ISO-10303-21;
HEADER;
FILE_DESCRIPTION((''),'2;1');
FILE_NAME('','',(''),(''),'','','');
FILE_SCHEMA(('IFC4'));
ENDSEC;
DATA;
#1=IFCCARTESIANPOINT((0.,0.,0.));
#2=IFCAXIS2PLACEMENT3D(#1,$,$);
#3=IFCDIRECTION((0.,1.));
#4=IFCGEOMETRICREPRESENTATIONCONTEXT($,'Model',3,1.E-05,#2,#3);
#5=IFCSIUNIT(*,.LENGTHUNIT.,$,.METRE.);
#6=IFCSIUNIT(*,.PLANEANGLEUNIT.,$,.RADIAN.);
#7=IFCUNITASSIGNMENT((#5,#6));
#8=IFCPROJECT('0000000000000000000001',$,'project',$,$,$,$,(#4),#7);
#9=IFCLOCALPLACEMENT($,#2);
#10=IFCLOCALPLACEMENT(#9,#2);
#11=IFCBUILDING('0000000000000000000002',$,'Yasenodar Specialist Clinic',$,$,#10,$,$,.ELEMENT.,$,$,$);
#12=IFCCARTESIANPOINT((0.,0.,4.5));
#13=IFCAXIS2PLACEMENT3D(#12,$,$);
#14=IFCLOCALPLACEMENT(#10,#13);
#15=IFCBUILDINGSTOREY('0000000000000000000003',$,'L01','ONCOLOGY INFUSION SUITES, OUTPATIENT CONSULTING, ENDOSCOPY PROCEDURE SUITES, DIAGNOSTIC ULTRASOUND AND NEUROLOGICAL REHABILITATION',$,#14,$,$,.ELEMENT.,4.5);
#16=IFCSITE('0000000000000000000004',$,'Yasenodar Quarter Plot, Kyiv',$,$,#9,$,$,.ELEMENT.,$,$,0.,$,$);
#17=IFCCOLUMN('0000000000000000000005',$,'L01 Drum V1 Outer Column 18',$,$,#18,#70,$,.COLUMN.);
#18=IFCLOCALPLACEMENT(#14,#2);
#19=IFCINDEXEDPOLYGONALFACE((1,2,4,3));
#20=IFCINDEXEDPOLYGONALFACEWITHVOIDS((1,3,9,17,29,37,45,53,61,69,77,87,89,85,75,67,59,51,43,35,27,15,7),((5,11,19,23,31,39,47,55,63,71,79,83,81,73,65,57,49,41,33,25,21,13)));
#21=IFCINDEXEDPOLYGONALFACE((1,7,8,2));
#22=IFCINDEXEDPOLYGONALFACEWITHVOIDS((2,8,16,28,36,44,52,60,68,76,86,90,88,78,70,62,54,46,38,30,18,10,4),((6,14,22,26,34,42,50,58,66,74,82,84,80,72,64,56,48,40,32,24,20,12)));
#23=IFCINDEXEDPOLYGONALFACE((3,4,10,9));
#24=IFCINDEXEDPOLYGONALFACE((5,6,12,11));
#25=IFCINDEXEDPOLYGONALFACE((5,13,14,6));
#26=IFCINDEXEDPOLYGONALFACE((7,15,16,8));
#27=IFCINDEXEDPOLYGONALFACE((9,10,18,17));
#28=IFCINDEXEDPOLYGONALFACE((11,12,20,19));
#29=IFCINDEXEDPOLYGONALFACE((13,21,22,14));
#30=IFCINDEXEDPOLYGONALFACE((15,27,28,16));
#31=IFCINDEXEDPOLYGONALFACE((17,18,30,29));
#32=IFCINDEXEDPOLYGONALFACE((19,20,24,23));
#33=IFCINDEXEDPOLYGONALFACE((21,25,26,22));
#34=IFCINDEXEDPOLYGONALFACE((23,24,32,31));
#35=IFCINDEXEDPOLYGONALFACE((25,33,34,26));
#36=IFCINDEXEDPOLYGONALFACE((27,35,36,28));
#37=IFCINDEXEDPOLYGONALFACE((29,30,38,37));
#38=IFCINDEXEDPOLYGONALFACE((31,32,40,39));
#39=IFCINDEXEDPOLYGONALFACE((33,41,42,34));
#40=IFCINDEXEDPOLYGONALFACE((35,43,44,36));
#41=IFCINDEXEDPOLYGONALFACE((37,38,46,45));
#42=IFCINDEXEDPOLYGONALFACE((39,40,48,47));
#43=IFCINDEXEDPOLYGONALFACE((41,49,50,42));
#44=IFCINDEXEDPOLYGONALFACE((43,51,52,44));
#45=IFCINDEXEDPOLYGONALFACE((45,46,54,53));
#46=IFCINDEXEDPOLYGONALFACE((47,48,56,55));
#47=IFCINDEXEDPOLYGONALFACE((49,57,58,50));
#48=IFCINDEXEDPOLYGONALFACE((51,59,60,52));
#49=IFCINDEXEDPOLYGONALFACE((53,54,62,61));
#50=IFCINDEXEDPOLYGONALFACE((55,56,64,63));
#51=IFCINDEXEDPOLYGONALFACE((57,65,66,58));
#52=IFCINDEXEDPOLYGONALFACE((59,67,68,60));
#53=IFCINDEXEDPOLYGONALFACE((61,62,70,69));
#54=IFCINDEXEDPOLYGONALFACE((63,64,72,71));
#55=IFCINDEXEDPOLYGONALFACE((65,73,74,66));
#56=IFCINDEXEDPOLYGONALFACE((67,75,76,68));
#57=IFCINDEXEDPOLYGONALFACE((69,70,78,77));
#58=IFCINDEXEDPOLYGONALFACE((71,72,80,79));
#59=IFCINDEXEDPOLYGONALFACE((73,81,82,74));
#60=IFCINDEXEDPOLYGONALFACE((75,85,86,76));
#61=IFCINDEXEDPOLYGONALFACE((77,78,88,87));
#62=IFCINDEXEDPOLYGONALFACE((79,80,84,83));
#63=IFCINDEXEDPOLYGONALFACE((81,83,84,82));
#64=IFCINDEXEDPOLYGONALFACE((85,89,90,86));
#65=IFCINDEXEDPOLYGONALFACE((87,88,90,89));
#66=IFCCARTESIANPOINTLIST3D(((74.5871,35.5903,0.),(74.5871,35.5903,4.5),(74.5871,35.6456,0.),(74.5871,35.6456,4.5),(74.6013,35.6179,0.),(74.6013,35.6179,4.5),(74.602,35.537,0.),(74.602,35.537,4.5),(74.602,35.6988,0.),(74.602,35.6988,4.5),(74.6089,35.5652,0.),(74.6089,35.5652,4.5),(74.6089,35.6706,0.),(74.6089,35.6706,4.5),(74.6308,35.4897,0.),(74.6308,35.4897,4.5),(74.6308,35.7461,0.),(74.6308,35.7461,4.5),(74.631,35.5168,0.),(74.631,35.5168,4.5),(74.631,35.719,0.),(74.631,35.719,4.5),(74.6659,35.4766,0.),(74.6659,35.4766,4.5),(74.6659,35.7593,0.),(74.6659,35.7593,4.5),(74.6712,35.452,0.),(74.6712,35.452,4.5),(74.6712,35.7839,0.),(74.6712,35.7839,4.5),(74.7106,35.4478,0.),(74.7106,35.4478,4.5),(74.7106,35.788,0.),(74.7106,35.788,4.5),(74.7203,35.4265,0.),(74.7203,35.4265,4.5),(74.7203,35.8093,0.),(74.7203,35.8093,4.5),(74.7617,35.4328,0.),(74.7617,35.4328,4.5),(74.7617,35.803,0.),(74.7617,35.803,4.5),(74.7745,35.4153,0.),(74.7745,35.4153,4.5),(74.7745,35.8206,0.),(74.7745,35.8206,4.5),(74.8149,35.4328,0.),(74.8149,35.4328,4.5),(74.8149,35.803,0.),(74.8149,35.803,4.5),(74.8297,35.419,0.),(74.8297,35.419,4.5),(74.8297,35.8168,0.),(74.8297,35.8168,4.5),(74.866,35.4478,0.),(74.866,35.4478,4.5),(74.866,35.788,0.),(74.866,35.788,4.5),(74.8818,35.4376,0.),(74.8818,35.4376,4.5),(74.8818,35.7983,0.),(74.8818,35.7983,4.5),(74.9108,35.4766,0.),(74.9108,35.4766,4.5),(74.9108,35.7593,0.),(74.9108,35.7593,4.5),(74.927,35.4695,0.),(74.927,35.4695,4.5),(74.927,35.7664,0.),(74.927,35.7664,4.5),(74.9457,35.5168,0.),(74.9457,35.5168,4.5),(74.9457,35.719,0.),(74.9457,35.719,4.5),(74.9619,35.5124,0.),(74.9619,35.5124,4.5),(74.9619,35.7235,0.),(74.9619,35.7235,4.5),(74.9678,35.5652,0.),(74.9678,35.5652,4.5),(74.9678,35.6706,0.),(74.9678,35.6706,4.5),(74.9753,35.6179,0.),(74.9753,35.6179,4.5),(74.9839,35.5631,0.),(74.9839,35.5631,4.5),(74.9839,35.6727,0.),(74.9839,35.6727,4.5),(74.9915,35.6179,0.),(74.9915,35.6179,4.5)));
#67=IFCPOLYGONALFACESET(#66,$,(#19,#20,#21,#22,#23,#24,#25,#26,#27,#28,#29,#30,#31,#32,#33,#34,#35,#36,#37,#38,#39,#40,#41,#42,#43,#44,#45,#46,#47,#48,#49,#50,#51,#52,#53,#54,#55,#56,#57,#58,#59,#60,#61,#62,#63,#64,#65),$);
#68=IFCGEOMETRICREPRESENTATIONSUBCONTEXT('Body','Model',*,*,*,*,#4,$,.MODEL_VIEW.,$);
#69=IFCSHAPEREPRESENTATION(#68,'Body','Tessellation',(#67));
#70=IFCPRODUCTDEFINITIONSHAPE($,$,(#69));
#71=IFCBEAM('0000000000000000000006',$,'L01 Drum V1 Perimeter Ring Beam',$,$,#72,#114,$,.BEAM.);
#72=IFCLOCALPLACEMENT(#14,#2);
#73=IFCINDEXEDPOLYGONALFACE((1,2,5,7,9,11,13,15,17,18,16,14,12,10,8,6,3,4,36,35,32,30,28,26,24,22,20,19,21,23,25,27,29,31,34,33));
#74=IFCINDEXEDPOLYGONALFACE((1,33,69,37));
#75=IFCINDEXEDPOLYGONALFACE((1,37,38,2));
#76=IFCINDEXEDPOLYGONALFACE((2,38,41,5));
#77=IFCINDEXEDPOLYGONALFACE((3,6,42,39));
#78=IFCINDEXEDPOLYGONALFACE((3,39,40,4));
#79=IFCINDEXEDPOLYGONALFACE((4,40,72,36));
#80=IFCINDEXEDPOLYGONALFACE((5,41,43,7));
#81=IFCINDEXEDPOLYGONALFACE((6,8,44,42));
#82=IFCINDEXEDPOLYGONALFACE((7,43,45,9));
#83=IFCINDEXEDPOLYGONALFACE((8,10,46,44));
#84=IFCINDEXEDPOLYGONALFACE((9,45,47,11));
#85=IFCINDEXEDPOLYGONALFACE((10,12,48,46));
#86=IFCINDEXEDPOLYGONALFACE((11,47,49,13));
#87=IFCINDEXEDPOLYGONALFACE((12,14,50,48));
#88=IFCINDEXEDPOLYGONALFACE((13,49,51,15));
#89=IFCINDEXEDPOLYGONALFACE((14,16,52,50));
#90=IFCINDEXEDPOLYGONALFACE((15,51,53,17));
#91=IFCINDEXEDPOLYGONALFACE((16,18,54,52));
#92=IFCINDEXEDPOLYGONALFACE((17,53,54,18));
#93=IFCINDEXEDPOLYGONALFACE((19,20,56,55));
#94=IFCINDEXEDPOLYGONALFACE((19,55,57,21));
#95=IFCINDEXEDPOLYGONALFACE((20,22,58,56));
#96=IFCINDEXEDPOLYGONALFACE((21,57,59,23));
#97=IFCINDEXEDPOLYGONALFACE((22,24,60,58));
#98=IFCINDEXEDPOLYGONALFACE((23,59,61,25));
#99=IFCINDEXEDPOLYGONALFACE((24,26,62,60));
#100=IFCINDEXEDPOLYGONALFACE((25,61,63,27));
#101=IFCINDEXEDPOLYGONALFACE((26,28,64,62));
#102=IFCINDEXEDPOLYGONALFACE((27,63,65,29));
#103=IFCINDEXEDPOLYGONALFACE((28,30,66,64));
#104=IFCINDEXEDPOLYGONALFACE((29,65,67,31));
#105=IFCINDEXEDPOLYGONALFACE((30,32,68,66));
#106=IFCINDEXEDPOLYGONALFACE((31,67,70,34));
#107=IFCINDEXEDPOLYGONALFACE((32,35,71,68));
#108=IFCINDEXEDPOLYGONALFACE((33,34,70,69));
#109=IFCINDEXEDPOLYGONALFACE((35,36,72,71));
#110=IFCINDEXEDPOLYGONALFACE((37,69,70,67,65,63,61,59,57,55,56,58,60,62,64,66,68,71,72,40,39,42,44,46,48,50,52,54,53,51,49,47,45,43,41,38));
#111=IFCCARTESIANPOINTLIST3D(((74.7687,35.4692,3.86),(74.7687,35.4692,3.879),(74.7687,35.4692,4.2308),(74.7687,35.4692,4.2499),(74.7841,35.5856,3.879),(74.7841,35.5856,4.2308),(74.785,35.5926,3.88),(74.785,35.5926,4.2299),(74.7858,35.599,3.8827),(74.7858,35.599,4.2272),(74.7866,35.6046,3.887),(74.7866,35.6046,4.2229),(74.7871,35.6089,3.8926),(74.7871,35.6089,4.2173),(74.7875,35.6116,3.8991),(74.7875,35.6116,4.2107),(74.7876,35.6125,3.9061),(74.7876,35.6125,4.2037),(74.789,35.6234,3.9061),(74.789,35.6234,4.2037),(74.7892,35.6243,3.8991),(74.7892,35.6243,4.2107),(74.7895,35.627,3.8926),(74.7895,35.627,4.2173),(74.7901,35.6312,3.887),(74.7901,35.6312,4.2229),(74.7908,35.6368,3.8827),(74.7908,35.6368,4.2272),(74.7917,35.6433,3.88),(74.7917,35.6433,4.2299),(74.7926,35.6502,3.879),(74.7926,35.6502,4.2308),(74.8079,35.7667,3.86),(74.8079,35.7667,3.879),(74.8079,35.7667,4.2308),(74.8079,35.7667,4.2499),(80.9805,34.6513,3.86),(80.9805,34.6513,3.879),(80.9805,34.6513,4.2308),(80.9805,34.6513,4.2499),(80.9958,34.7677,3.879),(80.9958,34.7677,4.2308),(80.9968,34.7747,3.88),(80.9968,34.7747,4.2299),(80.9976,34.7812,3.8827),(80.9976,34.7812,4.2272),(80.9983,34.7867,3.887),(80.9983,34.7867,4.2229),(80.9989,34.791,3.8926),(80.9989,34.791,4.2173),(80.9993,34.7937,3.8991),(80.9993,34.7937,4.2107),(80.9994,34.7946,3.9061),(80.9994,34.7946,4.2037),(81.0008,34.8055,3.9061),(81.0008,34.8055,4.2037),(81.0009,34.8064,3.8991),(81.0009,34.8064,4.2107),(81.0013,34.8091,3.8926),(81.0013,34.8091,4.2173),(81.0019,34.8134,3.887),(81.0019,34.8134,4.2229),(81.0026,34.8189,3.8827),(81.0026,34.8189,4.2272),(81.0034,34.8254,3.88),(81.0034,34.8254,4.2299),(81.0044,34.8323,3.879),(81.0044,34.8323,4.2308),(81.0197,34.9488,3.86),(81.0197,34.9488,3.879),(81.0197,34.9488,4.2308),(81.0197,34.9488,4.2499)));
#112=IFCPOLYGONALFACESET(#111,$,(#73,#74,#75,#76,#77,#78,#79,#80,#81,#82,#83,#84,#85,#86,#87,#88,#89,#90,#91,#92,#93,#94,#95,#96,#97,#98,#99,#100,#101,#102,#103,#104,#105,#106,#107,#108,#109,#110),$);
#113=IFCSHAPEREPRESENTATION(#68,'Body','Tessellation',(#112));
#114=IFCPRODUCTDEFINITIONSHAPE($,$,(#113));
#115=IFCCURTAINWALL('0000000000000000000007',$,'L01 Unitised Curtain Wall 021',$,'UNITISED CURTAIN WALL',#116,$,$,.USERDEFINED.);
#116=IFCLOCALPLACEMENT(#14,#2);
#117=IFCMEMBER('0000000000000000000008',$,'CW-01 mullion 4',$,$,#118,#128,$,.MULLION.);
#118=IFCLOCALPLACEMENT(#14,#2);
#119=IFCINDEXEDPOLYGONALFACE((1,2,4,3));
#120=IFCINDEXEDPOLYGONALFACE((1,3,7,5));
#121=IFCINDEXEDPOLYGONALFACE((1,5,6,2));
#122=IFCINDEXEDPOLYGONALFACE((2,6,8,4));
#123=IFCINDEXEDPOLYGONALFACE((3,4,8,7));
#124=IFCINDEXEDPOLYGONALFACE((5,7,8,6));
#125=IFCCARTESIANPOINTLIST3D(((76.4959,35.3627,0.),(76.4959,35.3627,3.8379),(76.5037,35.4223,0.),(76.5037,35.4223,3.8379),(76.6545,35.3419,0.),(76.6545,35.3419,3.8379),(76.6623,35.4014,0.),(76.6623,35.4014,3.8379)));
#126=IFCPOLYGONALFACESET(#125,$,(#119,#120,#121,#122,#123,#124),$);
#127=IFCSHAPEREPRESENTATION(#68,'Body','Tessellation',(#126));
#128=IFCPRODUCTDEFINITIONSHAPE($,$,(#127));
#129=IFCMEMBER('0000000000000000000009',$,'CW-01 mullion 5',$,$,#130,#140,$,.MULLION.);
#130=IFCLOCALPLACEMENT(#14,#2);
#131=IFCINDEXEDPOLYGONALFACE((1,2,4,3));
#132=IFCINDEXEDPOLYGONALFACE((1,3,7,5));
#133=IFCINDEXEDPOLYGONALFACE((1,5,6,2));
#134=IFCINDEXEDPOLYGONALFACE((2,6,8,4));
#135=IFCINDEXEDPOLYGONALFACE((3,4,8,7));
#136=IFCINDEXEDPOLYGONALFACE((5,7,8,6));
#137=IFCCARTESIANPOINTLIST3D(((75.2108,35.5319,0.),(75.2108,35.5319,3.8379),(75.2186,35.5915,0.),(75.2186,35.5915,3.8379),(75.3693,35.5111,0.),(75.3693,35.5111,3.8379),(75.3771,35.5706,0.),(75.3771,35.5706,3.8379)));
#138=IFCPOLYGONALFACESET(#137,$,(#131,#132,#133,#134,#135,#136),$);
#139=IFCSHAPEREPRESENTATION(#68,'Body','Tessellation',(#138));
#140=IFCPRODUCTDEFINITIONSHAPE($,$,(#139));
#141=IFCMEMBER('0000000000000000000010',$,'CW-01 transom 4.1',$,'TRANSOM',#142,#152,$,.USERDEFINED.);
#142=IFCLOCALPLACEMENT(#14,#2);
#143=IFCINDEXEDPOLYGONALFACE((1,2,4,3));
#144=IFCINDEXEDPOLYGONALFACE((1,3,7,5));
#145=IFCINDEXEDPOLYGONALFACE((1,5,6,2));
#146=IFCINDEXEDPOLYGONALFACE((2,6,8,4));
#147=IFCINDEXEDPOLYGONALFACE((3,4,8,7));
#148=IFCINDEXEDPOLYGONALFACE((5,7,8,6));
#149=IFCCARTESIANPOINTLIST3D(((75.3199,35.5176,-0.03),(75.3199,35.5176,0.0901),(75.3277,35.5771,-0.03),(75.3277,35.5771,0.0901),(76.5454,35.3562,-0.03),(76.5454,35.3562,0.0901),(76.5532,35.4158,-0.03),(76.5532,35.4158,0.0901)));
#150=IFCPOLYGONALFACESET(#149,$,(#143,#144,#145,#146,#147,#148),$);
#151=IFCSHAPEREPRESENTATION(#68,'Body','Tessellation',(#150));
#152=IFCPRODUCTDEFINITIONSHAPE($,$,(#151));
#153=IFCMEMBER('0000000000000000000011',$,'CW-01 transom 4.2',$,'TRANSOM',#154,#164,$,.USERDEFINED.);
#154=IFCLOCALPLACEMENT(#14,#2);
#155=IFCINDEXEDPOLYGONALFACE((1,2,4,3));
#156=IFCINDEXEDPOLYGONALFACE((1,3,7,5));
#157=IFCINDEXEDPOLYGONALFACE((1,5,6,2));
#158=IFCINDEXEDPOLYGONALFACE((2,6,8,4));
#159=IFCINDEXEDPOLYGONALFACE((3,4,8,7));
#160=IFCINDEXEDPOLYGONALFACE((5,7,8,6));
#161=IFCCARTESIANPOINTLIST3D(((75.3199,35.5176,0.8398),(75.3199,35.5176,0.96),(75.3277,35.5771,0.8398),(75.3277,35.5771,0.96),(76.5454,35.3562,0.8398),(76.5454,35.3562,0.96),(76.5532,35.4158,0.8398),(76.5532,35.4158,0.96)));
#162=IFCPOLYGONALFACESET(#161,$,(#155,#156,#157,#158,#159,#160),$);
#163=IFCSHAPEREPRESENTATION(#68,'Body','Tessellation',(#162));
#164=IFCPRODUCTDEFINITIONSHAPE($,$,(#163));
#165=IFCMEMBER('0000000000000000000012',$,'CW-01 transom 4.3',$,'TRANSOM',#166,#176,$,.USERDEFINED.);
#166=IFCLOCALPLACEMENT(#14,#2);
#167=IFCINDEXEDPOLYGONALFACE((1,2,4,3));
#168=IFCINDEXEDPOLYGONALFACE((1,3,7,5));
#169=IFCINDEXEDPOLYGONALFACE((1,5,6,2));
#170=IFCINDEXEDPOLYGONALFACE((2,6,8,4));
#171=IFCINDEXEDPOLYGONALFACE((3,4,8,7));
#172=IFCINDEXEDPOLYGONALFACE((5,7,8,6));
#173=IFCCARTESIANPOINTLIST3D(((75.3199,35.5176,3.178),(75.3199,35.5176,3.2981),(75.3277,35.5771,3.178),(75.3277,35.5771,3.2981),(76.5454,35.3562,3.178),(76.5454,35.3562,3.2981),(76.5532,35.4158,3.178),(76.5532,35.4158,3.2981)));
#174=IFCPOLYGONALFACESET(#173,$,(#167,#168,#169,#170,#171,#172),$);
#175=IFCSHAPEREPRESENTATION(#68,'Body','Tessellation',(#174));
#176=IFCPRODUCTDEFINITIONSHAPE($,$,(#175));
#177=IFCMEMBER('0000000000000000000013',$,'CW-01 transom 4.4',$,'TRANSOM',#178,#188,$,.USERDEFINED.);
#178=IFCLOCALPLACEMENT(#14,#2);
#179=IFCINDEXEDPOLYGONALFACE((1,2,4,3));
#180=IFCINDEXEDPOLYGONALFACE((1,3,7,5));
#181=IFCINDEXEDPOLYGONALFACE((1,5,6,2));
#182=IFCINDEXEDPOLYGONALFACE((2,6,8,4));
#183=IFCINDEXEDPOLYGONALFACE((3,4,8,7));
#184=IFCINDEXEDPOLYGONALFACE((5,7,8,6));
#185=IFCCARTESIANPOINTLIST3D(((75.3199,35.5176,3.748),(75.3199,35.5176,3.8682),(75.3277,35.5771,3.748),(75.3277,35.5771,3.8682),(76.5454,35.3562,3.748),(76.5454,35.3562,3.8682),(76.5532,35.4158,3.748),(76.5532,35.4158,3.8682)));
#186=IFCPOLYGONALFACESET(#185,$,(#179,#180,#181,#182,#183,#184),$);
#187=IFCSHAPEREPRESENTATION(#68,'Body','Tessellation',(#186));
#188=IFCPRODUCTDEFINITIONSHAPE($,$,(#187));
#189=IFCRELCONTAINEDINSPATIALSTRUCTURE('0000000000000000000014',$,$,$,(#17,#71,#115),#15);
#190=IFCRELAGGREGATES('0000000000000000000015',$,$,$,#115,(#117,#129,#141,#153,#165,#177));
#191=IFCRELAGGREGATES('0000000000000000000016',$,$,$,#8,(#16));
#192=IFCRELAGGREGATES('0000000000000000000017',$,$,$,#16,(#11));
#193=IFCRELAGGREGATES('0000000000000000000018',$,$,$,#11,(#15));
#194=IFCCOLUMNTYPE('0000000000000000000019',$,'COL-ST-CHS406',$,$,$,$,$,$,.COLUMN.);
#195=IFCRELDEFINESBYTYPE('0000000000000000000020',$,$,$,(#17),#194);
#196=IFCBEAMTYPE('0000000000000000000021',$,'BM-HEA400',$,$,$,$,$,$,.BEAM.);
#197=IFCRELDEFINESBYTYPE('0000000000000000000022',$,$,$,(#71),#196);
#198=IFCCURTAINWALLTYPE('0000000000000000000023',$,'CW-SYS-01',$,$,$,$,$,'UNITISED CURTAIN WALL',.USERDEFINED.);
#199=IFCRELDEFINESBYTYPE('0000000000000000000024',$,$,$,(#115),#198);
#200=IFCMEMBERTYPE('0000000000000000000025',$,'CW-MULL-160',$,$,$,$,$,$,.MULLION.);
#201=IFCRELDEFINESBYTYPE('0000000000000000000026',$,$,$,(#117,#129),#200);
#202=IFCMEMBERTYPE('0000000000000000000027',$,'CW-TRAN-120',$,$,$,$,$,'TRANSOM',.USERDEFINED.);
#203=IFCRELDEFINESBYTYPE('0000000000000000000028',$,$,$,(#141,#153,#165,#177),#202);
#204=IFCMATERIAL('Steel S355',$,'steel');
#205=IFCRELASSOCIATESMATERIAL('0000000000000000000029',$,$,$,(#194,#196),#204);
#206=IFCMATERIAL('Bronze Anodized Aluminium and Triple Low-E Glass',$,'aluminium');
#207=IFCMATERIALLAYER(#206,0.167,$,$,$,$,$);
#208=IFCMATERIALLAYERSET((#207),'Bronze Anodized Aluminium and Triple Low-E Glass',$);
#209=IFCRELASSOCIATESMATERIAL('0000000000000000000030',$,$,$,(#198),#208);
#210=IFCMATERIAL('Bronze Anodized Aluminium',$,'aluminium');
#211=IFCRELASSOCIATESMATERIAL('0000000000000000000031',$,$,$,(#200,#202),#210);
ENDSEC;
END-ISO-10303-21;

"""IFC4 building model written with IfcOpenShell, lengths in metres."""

from ifc_helpers import new_model, si_unit, direction, frame, origin, origin_2d, place, context, subcontext, project, spatial, rectangle, hollow_circle, i_section, extrude, material, layer, layer_set, material_profile, profile_set, type_object, element, aggregate, save


model = new_model("IFC4")

# Units and contexts
model_context = context("Model", 3, precision=1e-05, world=origin(), true_north=direction((0.0, 1.0)))
body_context = subcontext(model_context, "Body", "Model", "MODEL_VIEW")
ifc_project = project(units=[si_unit("LENGTHUNIT", "METRE"), si_unit("PLANEANGLEUNIT", "RADIAN")], contexts=[model_context])

# Site, building, storey
site_placement = place(None, origin())
site = spatial("IfcSite", under=ifc_project, at=site_placement, Name="Yasenodar Quarter Plot, Kyiv", CompositionType="ELEMENT", RefElevation=0.0)
building_placement = place(site_placement, origin())
building = spatial("IfcBuilding", under=site, at=building_placement, Name="Yasenodar Specialist Clinic", CompositionType="ELEMENT")
storey_placement = place(building_placement, frame((0.0, 0.0, 4.5)))
storey = spatial("IfcBuildingStorey", under=building, at=storey_placement, Name="L01", Description="ONCOLOGY INFUSION SUITES, OUTPATIENT CONSULTING, ENDOSCOPY PROCEDURE SUITES, DIAGNOSTIC ULTRASOUND AND NEUROLOGICAL REHABILITATION", CompositionType="ELEMENT", Elevation=4.5)

# Column
ifc_material_1 = material(Name="Steel S355", Category="steel")
ifc_material_profile_1 = material_profile(ifc_material_1, hollow_circle(Radius=0.2031, WallThickness=0.0161, at=origin_2d()), Name="CHS 406.4x16")
ifc_profile_set_1 = profile_set([ifc_material_profile_1], Name="Steel S355")
column_type = type_object("IfcColumnType", Name="COL-ST-CHS406", PredefinedType="COLUMN", material=ifc_profile_set_1)
column_placement = place(storey_placement, frame((74.7883, 35.6179, 0.0), z_axis=(0.0, 0.0, 1.0), x_axis=(1.0, 0.0, 0.0)))
element("IfcColumn", 1, at=column_placement, inside=storey, type_object=column_type, Name="L01 Drum V1 Outer Column 18", PredefinedType="COLUMN", context=body_context, shape_type="SweptSolid", body=[
    extrude(hollow_circle(Radius=0.2031, WallThickness=0.0161, at=origin_2d()), origin(), (0.0, 0.0, 1.0), 4.5),
])

# Beam
ifc_material_profile_2 = material_profile(ifc_material_1, i_section(OverallWidth=0.3, OverallDepth=0.3899, WebThickness=0.011, FlangeThickness=0.019, FilletRadius=0.0271, at=origin_2d()), Name="HEA 400")
ifc_profile_set_2 = profile_set([ifc_material_profile_2], Name="Steel S355")
beam_type = type_object("IfcBeamType", Name="BM-HEA400", PredefinedType="BEAM", material=ifc_profile_set_2)
beam_placement = place(storey_placement, frame((74.7883, 35.6179, 4.0549), z_axis=(0.991443, -0.13054, 0.0), x_axis=(0.13054, 0.991443, 0.0)))
element("IfcBeam", 2, at=beam_placement, inside=storey, type_object=beam_type, Name="L01 Drum V1 Perimeter Ring Beam", PredefinedType="BEAM", context=body_context, shape_type="SweptSolid", body=[
    extrude(i_section(OverallWidth=0.3, OverallDepth=0.3899, WebThickness=0.011, FlangeThickness=0.019, FilletRadius=0.0271, at=origin_2d()), origin(), (0.0, 0.0, 1.0), 6.2654),
])

# Curtain wall, members
ifc_material_2 = material(Name="Bronze Anodized Aluminium and Triple Low-E Glass", Category="aluminium")
ifc_layer_1 = layer(ifc_material_2, 0.167)
ifc_layer_set_1 = layer_set([ifc_layer_1], Name="Bronze Anodized Aluminium and Triple Low-E Glass")
curtain_wall_type = type_object("IfcCurtainWallType", Name="CW-SYS-01", ElementType="UNITISED CURTAIN WALL", PredefinedType="USERDEFINED", material=ifc_layer_set_1)
curtain_wall_placement = place(storey_placement, origin())
curtain_wall = element("IfcCurtainWall", 3, at=curtain_wall_placement, inside=storey, type_object=curtain_wall_type, Name="L01 Unitised Curtain Wall 021", ObjectType="UNITISED CURTAIN WALL", PredefinedType="USERDEFINED")
ifc_material_3 = material(Name="Bronze Anodized Aluminium", Category="aluminium")
ifc_material_profile_3 = material_profile(ifc_material_3, rectangle(XDim=0.0601, YDim=0.1599, at=origin_2d()), Name="CW-MULL 60x160")
ifc_profile_set_3 = profile_set([ifc_material_profile_3], Name="Bronze Anodized Aluminium")
member_type_1 = type_object("IfcMemberType", Name="CW-MULL-160", PredefinedType="MULLION", material=ifc_profile_set_3)
member_1_placement = place(storey_placement, frame((76.5791, 35.3821, 0.0), z_axis=(0.0, 0.0, 1.0), x_axis=(-0.130512, -0.991447, 0.0)))
member_1 = element("IfcMember", 4, at=member_1_placement, type_object=member_type_1, Name="CW-01 mullion 4", PredefinedType="MULLION", context=body_context, shape_type="SweptSolid", body=[
    extrude(rectangle(XDim=0.0601, YDim=0.1599, at=origin_2d()), origin(), (0.0, 0.0, 1.0), 3.8379),
])
member_2_placement = place(storey_placement, frame((75.2939, 35.5513, 0.0), z_axis=(0.0, 0.0, 1.0), x_axis=(-0.130512, -0.991447, 0.0)))
member_2 = element("IfcMember", 5, at=member_2_placement, type_object=member_type_1, Name="CW-01 mullion 5", PredefinedType="MULLION", context=body_context, shape_type="SweptSolid", body=[
    extrude(rectangle(XDim=0.0601, YDim=0.1599, at=origin_2d()), origin(), (0.0, 0.0, 1.0), 3.8379),
])
ifc_material_profile_4 = material_profile(ifc_material_3, rectangle(XDim=0.0601, YDim=0.1201, at=origin_2d()), Name="CW-TRAN 60x120")
ifc_profile_set_4 = profile_set([ifc_material_profile_4], Name="Bronze Anodized Aluminium")
member_type_2 = type_object("IfcMemberType", Name="CW-TRAN-120", ElementType="TRANSOM", PredefinedType="USERDEFINED", material=ifc_profile_set_4)
member_3_placement = place(storey_placement, frame((76.5493, 35.386, 0.03), z_axis=(-0.991442, 0.130546, 0.0), x_axis=(-0.130546, -0.991442, 0.0)))
member_3 = element("IfcMember", 6, at=member_3_placement, type_object=member_type_2, Name="CW-01 transom 4.1", ObjectType="TRANSOM", PredefinedType="USERDEFINED", context=body_context, shape_type="SweptSolid", body=[
    extrude(rectangle(XDim=0.0601, YDim=0.1201, at=origin_2d()), origin(), (0.0, 0.0, 1.0), 1.2361),
])
member_4_placement = place(storey_placement, frame((76.5493, 35.386, 0.8999), z_axis=(-0.991442, 0.130546, 0.0), x_axis=(-0.130546, -0.991442, 0.0)))
member_4 = element("IfcMember", 7, at=member_4_placement, type_object=member_type_2, Name="CW-01 transom 4.2", ObjectType="TRANSOM", PredefinedType="USERDEFINED", context=body_context, shape_type="SweptSolid", body=[
    extrude(rectangle(XDim=0.0601, YDim=0.1201, at=origin_2d()), origin(), (0.0, 0.0, 1.0), 1.2361),
])
member_5_placement = place(storey_placement, frame((76.5493, 35.386, 3.238), z_axis=(-0.991442, 0.130546, 0.0), x_axis=(-0.130546, -0.991442, 0.0)))
member_5 = element("IfcMember", 8, at=member_5_placement, type_object=member_type_2, Name="CW-01 transom 4.3", ObjectType="TRANSOM", PredefinedType="USERDEFINED", context=body_context, shape_type="SweptSolid", body=[
    extrude(rectangle(XDim=0.0601, YDim=0.1201, at=origin_2d()), origin(), (0.0, 0.0, 1.0), 1.2361),
])
member_6_placement = place(storey_placement, frame((76.5493, 35.386, 3.8081), z_axis=(-0.991442, 0.130546, 0.0), x_axis=(-0.130546, -0.991442, 0.0)))
member_6 = element("IfcMember", 9, at=member_6_placement, type_object=member_type_2, Name="CW-01 transom 4.4", ObjectType="TRANSOM", PredefinedType="USERDEFINED", context=body_context, shape_type="SweptSolid", body=[
    extrude(rectangle(XDim=0.0601, YDim=0.1201, at=origin_2d()), origin(), (0.0, 0.0, 1.0), 1.2361),
])
aggregate(curtain_wall, [member_1, member_2, member_3, member_4, member_5, member_6])

save(model, "model.ifc")
